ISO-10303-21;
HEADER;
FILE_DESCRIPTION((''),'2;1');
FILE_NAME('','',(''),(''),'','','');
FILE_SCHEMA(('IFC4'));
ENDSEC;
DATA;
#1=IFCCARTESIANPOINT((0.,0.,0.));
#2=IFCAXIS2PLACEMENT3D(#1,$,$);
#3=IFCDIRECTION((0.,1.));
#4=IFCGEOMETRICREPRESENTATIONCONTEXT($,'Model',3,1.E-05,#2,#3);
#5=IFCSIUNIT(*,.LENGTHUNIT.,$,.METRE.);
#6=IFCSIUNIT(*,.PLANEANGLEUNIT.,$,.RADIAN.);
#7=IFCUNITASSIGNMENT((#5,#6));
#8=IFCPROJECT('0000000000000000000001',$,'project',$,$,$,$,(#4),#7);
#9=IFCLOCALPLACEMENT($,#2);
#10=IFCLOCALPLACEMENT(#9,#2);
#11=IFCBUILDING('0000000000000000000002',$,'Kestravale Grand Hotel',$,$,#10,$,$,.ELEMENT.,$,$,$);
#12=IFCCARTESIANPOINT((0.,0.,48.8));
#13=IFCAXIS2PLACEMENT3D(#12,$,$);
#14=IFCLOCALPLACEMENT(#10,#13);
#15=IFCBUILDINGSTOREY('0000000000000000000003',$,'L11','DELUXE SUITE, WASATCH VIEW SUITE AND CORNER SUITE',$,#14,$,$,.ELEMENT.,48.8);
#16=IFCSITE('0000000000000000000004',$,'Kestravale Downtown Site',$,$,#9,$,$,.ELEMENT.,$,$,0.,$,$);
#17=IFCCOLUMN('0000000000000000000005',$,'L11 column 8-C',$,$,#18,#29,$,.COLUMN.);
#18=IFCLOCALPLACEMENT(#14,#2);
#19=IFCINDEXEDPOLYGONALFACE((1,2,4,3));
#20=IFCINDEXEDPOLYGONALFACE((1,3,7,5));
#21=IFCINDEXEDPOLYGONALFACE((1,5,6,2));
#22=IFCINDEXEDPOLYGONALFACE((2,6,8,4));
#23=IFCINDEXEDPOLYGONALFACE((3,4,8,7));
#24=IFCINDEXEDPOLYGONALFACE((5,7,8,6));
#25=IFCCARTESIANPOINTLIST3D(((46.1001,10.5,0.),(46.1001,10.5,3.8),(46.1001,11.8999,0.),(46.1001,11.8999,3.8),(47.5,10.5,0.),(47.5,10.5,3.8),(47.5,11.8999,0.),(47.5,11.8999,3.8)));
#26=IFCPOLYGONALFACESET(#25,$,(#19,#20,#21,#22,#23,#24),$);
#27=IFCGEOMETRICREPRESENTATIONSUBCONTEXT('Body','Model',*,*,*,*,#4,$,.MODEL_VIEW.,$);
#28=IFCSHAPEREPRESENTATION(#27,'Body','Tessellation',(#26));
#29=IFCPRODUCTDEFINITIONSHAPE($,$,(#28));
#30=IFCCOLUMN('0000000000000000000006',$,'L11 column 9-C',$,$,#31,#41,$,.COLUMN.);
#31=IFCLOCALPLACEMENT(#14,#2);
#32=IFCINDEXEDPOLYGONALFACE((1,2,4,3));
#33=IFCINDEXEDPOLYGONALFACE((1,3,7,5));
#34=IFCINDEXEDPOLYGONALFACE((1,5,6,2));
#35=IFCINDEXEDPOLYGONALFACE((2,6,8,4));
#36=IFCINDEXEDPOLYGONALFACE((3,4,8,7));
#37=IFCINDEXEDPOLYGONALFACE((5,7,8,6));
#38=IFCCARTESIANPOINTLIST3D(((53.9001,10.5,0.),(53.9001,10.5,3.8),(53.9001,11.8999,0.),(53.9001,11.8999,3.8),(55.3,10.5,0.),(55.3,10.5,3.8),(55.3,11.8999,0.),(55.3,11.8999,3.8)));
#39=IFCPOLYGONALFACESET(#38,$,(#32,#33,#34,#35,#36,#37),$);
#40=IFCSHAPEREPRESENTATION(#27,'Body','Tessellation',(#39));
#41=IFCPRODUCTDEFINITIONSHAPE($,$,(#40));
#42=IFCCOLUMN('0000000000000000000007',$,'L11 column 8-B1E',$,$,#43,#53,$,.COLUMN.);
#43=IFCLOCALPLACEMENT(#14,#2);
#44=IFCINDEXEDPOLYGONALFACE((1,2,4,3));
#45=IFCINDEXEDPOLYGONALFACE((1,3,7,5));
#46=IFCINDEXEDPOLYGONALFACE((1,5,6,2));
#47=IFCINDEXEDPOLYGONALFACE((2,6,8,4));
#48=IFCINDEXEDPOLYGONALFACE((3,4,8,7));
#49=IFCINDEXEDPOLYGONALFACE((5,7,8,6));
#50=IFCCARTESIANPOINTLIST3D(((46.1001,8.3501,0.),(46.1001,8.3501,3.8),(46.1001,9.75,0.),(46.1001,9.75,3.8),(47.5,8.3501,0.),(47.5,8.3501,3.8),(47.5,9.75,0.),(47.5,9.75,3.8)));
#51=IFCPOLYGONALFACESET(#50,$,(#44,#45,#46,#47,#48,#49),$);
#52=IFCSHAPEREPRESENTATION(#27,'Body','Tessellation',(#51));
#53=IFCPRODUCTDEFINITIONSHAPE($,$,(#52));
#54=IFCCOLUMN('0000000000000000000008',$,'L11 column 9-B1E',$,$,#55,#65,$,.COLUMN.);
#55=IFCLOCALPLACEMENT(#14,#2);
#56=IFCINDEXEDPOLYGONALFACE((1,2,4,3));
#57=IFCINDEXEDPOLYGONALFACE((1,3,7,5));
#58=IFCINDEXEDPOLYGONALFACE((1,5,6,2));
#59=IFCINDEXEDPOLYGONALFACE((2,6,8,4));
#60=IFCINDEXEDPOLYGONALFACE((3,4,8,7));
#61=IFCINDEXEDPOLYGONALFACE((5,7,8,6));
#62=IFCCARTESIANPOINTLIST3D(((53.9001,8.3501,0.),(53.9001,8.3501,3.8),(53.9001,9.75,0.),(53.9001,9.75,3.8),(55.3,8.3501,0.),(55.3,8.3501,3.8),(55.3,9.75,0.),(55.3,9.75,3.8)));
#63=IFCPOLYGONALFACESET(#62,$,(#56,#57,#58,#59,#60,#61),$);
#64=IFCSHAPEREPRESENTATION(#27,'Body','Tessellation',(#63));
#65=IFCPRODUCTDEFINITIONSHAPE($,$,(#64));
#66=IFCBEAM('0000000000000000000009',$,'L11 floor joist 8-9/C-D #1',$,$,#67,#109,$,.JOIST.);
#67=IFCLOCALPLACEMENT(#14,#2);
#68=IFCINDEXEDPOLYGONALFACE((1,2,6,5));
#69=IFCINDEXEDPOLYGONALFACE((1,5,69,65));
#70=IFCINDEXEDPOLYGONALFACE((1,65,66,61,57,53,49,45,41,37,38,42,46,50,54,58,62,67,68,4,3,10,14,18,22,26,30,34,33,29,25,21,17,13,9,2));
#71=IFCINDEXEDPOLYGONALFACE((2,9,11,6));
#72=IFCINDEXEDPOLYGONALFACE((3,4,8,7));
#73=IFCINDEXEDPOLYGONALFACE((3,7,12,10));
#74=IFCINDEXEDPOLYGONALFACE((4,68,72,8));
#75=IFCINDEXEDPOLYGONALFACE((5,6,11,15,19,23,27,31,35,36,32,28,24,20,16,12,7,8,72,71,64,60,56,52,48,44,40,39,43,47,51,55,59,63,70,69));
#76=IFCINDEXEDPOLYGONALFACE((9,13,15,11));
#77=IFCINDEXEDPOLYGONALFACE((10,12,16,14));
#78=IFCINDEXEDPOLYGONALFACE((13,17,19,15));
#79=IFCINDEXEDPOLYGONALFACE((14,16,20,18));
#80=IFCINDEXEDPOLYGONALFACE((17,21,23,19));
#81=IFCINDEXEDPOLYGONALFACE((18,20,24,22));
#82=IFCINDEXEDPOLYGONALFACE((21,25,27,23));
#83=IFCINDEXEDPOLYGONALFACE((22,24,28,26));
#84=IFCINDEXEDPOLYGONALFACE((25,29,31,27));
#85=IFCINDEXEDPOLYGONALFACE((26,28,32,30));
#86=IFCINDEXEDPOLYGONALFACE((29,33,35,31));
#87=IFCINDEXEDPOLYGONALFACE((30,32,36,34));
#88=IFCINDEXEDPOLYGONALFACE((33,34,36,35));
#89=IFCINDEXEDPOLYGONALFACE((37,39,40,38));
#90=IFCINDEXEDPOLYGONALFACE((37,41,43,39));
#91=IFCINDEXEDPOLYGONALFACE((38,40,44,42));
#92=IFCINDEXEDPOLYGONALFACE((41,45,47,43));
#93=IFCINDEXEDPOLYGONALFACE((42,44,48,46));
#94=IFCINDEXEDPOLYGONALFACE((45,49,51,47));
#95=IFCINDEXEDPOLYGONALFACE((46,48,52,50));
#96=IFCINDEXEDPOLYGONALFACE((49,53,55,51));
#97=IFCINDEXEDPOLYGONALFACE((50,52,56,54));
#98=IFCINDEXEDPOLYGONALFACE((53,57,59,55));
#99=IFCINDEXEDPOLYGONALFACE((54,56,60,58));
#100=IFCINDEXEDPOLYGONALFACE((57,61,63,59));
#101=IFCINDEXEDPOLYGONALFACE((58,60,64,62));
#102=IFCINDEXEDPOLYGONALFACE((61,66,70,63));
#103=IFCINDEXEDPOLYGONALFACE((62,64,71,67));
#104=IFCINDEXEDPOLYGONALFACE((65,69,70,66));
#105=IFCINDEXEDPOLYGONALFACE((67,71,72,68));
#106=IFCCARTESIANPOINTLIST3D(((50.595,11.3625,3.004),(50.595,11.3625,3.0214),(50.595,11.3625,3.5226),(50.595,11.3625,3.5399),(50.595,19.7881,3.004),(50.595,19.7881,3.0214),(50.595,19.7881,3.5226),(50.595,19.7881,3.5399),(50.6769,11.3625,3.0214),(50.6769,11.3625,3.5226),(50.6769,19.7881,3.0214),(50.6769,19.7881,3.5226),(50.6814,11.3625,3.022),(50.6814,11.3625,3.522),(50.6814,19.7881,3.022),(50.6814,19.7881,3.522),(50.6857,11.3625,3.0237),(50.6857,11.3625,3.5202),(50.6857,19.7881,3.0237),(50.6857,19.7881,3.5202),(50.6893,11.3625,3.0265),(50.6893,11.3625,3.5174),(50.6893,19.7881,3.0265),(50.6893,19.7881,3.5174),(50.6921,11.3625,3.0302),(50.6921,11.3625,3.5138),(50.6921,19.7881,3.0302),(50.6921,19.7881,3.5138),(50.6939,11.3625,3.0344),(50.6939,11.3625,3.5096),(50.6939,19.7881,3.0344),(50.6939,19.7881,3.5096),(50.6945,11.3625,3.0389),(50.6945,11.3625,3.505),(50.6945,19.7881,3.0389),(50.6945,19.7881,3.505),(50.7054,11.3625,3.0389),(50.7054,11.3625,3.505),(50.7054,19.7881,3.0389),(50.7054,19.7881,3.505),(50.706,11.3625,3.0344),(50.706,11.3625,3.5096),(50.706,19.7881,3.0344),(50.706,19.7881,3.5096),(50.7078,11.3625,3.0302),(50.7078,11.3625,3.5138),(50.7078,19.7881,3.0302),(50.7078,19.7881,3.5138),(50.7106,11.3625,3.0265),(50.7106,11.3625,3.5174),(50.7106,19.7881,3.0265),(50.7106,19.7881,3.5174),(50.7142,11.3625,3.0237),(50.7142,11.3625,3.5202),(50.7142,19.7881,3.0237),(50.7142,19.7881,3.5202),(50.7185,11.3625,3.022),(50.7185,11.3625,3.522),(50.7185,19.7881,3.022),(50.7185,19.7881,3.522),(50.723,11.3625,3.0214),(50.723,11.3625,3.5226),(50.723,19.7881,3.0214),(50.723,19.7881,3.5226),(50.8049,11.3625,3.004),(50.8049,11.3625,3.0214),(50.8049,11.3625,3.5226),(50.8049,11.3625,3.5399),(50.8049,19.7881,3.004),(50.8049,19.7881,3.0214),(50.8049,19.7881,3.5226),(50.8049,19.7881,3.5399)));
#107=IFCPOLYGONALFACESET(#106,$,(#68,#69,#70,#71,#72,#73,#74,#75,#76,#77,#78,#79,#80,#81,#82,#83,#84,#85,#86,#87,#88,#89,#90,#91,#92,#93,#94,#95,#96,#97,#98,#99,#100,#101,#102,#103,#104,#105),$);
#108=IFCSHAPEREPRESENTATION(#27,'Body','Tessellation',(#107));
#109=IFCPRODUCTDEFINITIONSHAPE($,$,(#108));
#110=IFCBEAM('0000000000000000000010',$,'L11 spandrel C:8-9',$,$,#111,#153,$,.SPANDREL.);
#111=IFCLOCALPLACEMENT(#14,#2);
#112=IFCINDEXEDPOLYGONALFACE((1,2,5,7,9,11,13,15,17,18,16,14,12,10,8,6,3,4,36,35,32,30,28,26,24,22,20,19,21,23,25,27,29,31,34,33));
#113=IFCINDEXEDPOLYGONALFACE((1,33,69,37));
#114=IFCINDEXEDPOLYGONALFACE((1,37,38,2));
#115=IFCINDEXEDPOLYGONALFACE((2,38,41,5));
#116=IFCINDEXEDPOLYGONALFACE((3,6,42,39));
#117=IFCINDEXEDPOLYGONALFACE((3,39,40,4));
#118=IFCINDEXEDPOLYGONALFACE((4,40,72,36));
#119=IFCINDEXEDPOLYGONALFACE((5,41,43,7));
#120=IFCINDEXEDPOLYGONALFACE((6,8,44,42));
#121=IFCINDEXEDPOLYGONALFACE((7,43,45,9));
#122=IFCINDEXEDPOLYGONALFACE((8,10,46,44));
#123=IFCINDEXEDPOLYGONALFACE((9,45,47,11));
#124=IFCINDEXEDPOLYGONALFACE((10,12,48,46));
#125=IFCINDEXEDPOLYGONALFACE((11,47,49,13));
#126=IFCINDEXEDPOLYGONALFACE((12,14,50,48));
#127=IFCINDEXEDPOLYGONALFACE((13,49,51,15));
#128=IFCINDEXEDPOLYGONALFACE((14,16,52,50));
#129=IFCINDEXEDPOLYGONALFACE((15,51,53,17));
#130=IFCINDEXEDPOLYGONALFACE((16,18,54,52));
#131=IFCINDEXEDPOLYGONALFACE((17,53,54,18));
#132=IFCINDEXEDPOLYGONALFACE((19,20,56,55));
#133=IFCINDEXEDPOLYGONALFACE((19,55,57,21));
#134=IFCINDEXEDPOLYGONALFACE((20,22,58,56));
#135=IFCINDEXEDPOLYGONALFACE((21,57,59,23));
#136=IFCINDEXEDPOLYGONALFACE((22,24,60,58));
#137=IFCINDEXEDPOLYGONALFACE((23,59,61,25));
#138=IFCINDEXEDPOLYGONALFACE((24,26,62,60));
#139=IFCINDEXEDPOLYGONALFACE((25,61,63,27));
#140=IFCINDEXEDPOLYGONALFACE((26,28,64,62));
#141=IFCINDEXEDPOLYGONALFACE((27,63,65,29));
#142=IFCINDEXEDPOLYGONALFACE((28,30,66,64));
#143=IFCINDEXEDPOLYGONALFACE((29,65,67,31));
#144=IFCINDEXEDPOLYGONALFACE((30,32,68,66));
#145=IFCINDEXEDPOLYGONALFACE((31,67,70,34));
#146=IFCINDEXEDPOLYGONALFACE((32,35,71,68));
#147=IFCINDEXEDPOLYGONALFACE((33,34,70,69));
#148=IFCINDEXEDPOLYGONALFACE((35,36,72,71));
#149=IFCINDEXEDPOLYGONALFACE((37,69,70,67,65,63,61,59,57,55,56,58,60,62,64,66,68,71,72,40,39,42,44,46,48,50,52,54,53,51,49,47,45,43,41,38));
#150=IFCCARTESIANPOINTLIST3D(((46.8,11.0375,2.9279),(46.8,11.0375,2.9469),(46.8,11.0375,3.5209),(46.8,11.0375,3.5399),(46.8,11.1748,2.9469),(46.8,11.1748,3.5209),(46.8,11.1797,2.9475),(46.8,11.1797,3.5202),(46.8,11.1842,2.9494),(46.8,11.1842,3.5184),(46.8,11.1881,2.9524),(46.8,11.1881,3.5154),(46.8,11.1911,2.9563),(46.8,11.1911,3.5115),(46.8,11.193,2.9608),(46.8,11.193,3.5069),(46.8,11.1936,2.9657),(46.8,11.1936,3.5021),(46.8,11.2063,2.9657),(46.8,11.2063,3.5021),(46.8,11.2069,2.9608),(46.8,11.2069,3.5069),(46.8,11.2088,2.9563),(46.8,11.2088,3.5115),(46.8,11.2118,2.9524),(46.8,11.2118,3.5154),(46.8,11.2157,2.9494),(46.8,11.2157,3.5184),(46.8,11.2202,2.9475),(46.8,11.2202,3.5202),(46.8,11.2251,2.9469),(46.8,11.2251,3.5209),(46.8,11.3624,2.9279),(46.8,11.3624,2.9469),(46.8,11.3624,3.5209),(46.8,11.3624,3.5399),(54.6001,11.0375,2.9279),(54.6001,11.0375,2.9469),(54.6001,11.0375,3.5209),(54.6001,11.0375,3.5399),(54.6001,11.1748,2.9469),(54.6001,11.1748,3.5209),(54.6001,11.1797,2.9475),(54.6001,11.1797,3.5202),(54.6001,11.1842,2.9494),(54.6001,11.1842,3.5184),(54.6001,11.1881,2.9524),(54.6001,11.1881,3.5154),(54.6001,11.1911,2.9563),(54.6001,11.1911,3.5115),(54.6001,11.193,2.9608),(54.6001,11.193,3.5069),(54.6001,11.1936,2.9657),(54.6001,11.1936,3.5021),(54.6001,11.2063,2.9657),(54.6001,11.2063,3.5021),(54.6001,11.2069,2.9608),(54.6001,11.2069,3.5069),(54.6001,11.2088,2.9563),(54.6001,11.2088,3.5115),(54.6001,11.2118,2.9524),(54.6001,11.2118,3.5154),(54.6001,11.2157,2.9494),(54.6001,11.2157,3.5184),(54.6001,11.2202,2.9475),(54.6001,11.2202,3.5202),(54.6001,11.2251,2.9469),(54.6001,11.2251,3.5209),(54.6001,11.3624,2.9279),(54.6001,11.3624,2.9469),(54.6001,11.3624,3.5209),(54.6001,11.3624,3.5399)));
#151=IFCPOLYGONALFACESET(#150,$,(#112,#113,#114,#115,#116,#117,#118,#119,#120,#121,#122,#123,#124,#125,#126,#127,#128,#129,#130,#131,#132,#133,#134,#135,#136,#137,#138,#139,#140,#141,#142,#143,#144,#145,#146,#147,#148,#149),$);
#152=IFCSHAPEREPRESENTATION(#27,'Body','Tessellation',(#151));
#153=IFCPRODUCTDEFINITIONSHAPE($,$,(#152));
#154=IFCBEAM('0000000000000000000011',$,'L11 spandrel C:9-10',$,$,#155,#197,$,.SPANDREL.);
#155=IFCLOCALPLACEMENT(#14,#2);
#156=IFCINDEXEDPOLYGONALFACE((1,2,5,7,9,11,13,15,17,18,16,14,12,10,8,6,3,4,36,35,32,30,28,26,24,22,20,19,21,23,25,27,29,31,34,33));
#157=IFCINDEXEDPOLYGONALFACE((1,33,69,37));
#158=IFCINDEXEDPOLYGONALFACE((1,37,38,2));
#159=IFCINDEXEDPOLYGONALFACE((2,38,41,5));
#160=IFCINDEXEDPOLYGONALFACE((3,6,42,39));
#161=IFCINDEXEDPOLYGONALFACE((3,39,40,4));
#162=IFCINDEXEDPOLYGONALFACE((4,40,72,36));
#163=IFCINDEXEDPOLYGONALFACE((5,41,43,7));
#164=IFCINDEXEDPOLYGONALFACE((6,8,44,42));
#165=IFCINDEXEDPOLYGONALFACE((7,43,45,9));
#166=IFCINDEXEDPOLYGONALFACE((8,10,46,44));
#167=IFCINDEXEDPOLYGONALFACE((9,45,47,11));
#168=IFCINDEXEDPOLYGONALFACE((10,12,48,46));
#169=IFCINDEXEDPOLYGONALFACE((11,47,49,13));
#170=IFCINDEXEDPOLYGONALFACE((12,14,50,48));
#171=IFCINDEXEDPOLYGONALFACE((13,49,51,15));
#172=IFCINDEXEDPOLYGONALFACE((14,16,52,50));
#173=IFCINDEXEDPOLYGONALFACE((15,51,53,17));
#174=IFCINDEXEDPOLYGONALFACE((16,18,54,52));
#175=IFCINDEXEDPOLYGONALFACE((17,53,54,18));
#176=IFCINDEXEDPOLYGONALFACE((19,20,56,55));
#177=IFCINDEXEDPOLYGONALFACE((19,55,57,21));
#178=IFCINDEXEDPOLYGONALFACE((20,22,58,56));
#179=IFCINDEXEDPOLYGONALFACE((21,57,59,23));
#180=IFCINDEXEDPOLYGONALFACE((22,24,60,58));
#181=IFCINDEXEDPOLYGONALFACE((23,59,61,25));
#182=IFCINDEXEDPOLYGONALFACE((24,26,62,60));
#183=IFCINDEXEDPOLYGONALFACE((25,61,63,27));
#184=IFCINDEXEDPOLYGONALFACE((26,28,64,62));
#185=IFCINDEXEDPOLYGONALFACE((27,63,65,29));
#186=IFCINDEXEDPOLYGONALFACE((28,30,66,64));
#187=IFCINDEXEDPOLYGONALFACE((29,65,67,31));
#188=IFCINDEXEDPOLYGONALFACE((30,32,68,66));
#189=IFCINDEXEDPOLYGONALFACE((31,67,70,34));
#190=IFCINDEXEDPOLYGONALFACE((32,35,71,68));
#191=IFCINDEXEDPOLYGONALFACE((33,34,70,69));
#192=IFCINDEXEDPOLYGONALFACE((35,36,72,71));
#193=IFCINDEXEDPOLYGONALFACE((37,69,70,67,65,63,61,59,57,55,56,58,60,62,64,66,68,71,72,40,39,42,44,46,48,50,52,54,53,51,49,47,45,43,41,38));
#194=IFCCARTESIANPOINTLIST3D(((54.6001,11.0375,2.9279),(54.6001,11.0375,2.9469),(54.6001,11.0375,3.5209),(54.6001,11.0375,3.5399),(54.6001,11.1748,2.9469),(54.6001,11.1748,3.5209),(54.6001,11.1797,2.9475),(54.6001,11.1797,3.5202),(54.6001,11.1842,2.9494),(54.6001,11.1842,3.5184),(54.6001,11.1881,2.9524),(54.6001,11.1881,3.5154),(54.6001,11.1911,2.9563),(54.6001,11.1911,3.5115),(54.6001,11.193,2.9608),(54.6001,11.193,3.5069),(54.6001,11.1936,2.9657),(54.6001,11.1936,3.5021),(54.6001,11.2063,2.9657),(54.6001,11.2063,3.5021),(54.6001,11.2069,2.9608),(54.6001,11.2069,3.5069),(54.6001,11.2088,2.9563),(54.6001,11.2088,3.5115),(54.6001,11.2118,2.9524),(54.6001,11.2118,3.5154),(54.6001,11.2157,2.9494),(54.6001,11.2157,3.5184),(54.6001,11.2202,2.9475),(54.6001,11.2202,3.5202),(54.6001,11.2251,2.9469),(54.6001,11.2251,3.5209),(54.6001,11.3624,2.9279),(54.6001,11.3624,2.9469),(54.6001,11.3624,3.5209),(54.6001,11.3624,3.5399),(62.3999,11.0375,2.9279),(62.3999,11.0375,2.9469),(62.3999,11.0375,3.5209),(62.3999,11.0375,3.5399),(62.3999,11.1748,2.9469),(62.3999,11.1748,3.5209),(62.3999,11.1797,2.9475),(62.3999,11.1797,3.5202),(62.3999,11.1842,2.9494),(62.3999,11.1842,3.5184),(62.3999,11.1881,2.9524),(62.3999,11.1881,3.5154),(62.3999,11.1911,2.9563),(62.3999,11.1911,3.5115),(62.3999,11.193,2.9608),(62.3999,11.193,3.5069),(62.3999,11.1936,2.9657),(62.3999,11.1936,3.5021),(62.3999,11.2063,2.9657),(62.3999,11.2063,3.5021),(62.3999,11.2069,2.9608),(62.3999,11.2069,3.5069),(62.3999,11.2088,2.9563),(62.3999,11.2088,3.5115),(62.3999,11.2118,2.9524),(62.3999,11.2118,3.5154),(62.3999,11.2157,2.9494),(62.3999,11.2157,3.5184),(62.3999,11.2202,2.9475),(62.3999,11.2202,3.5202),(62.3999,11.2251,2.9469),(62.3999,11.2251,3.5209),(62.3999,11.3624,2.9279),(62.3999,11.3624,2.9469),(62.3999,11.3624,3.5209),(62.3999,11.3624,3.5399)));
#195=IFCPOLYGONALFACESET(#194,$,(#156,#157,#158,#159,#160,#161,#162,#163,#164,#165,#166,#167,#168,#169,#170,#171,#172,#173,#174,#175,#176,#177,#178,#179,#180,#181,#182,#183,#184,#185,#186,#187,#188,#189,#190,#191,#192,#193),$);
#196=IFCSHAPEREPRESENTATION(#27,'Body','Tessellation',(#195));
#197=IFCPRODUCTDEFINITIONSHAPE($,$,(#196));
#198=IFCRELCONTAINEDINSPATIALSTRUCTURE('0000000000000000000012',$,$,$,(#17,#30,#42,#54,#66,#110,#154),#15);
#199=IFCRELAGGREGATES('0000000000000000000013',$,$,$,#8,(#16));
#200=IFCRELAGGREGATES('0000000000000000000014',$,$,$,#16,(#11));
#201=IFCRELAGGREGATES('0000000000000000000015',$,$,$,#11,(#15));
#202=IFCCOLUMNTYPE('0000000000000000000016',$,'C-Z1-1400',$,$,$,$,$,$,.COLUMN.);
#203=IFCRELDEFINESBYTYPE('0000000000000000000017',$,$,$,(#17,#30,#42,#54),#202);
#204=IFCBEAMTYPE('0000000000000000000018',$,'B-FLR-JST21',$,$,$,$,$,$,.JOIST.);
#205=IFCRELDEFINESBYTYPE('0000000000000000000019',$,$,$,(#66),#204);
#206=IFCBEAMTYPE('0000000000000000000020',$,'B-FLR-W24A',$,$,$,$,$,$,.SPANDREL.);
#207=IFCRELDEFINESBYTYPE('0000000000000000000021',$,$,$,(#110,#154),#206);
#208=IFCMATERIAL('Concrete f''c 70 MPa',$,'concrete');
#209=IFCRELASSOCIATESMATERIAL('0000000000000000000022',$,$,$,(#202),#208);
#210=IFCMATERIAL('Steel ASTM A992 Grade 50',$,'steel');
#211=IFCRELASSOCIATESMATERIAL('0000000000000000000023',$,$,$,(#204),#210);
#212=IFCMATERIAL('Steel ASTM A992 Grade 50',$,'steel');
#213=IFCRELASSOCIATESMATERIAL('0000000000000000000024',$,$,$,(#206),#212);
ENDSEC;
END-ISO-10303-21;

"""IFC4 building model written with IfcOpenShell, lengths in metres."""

from ifc_helpers import new_model, si_unit, direction, frame, origin, origin_2d, place, context, subcontext, project, spatial, rectangle, i_section, extrude, material, material_profile, profile_set, type_object, element, save


model = new_model("IFC4")

# Units and contexts
model_context = context("Model", 3, precision=1e-05, world=origin(), true_north=direction((0.0, 1.0)))
body_context = subcontext(model_context, "Body", "Model", "MODEL_VIEW")
ifc_project = project(units=[si_unit("LENGTHUNIT", "METRE"), si_unit("PLANEANGLEUNIT", "RADIAN")], contexts=[model_context])

# Site, building, storey
site_placement = place(None, origin())
site = spatial("IfcSite", under=ifc_project, at=site_placement, Name="Kestravale Downtown Site", CompositionType="ELEMENT", RefElevation=0.0)
building_placement = place(site_placement, origin())
building = spatial("IfcBuilding", under=site, at=building_placement, Name="Kestravale Grand Hotel", CompositionType="ELEMENT")
storey_placement = place(building_placement, frame((0.0, 0.0, 48.8)))
storey = spatial("IfcBuildingStorey", under=building, at=storey_placement, Name="L11", Description="DELUXE SUITE, WASATCH VIEW SUITE AND CORNER SUITE", CompositionType="ELEMENT", Elevation=48.8)

# Columns
ifc_material_1 = material(Name="Concrete f'c 70 MPa", Category="concrete")
ifc_material_profile_1 = material_profile(ifc_material_1, rectangle(XDim=1.3999, YDim=1.3999, at=origin_2d()))
ifc_profile_set_1 = profile_set([ifc_material_profile_1], Name="Concrete f'c 70 MPa")
column_type = type_object("IfcColumnType", Name="C-Z1-1400", PredefinedType="COLUMN", material=ifc_profile_set_1)
for number, where, z_axis, x_axis, name in (
    (1, (46.8, 11.2, 0.0), (0.0, 0.0, 1.0), (1.0, 0.0, 0.0), "L11 column 8-C"),
    (2, (54.6001, 11.2, 0.0), (0.0, 0.0, 1.0), (1.0, 0.0, 0.0), "L11 column 9-C"),
    (3, (46.8, 9.05, 0.0), (0.0, 0.0, 1.0), (1.0, 0.0, 0.0), "L11 column 8-B1E"),
    (4, (54.6001, 9.05, 0.0), (0.0, 0.0, 1.0), (1.0, 0.0, 0.0), "L11 column 9-B1E"),
):
    element("IfcColumn", number, at=place(storey_placement, frame(where, z_axis=z_axis, x_axis=x_axis)), inside=storey, type_object=column_type, Name=name, PredefinedType="COLUMN", context=body_context, shape_type="SweptSolid", body=[
        extrude(rectangle(XDim=1.3999, YDim=1.3999, at=origin_2d()), origin(), (0.0, 0.0, 1.0), 3.8),
    ])

# Beams
ifc_material_2 = material(Name="Steel ASTM A992 Grade 50", Category="steel")
ifc_material_profile_2 = material_profile(ifc_material_2, i_section(OverallWidth=0.21, OverallDepth=0.5359, WebThickness=0.011, FlangeThickness=0.0173, FilletRadius=0.0176, at=origin_2d()))
ifc_profile_set_2 = profile_set([ifc_material_profile_2], Name="Steel ASTM A992 Grade 50")
beam_type_1 = type_object("IfcBeamType", Name="B-FLR-JST21", PredefinedType="JOIST", material=ifc_profile_set_2)
beam_1_placement = place(storey_placement, frame((50.7, 11.3625, 3.272), z_axis=(0.0, 1.0, 0.0), x_axis=(-1.0, 0.0, 0.0)))
element("IfcBeam", 5, at=beam_1_placement, inside=storey, type_object=beam_type_1, Name="L11 floor joist 8-9/C-D #1", PredefinedType="JOIST", context=body_context, shape_type="SweptSolid", body=[
    extrude(i_section(OverallWidth=0.21, OverallDepth=0.5359, WebThickness=0.011, FlangeThickness=0.0173, FilletRadius=0.0176, at=origin_2d()), origin(), (0.0, 0.0, 1.0), 8.4255),
])
ifc_material_3 = material(Name="Steel ASTM A992 Grade 50", Category="steel")
ifc_material_profile_3 = material_profile(ifc_material_3, i_section(OverallWidth=0.325, OverallDepth=0.6121, WebThickness=0.0127, FlangeThickness=0.019, FilletRadius=0.0188, at=origin_2d()))
ifc_profile_set_3 = profile_set([ifc_material_profile_3], Name="Steel ASTM A992 Grade 50")
beam_type_2 = type_object("IfcBeamType", Name="B-FLR-W24A", PredefinedType="SPANDREL", material=ifc_profile_set_3)
beam_2_placement = place(storey_placement, frame((46.8, 11.2, 3.2339), z_axis=(1.0, 0.0, 0.0), x_axis=(0.0, 1.0, 0.0)))
element("IfcBeam", 6, at=beam_2_placement, inside=storey, type_object=beam_type_2, Name="L11 spandrel C:8-9", PredefinedType="SPANDREL", context=body_context, shape_type="SweptSolid", body=[
    extrude(i_section(OverallWidth=0.325, OverallDepth=0.6121, WebThickness=0.0127, FlangeThickness=0.019, FilletRadius=0.0188, at=origin_2d()), origin(), (0.0, 0.0, 1.0), 7.8),
])
beam_3_placement = place(storey_placement, frame((54.6001, 11.2, 3.2339), z_axis=(1.0, 0.0, 0.0), x_axis=(0.0, 1.0, 0.0)))
element("IfcBeam", 7, at=beam_3_placement, inside=storey, type_object=beam_type_2, Name="L11 spandrel C:9-10", PredefinedType="SPANDREL", context=body_context, shape_type="SweptSolid", body=[
    extrude(i_section(OverallWidth=0.325, OverallDepth=0.6121, WebThickness=0.0127, FlangeThickness=0.019, FilletRadius=0.0188, at=origin_2d()), origin(), (0.0, 0.0, 1.0), 7.7998),
])

save(model, "model.ifc")
